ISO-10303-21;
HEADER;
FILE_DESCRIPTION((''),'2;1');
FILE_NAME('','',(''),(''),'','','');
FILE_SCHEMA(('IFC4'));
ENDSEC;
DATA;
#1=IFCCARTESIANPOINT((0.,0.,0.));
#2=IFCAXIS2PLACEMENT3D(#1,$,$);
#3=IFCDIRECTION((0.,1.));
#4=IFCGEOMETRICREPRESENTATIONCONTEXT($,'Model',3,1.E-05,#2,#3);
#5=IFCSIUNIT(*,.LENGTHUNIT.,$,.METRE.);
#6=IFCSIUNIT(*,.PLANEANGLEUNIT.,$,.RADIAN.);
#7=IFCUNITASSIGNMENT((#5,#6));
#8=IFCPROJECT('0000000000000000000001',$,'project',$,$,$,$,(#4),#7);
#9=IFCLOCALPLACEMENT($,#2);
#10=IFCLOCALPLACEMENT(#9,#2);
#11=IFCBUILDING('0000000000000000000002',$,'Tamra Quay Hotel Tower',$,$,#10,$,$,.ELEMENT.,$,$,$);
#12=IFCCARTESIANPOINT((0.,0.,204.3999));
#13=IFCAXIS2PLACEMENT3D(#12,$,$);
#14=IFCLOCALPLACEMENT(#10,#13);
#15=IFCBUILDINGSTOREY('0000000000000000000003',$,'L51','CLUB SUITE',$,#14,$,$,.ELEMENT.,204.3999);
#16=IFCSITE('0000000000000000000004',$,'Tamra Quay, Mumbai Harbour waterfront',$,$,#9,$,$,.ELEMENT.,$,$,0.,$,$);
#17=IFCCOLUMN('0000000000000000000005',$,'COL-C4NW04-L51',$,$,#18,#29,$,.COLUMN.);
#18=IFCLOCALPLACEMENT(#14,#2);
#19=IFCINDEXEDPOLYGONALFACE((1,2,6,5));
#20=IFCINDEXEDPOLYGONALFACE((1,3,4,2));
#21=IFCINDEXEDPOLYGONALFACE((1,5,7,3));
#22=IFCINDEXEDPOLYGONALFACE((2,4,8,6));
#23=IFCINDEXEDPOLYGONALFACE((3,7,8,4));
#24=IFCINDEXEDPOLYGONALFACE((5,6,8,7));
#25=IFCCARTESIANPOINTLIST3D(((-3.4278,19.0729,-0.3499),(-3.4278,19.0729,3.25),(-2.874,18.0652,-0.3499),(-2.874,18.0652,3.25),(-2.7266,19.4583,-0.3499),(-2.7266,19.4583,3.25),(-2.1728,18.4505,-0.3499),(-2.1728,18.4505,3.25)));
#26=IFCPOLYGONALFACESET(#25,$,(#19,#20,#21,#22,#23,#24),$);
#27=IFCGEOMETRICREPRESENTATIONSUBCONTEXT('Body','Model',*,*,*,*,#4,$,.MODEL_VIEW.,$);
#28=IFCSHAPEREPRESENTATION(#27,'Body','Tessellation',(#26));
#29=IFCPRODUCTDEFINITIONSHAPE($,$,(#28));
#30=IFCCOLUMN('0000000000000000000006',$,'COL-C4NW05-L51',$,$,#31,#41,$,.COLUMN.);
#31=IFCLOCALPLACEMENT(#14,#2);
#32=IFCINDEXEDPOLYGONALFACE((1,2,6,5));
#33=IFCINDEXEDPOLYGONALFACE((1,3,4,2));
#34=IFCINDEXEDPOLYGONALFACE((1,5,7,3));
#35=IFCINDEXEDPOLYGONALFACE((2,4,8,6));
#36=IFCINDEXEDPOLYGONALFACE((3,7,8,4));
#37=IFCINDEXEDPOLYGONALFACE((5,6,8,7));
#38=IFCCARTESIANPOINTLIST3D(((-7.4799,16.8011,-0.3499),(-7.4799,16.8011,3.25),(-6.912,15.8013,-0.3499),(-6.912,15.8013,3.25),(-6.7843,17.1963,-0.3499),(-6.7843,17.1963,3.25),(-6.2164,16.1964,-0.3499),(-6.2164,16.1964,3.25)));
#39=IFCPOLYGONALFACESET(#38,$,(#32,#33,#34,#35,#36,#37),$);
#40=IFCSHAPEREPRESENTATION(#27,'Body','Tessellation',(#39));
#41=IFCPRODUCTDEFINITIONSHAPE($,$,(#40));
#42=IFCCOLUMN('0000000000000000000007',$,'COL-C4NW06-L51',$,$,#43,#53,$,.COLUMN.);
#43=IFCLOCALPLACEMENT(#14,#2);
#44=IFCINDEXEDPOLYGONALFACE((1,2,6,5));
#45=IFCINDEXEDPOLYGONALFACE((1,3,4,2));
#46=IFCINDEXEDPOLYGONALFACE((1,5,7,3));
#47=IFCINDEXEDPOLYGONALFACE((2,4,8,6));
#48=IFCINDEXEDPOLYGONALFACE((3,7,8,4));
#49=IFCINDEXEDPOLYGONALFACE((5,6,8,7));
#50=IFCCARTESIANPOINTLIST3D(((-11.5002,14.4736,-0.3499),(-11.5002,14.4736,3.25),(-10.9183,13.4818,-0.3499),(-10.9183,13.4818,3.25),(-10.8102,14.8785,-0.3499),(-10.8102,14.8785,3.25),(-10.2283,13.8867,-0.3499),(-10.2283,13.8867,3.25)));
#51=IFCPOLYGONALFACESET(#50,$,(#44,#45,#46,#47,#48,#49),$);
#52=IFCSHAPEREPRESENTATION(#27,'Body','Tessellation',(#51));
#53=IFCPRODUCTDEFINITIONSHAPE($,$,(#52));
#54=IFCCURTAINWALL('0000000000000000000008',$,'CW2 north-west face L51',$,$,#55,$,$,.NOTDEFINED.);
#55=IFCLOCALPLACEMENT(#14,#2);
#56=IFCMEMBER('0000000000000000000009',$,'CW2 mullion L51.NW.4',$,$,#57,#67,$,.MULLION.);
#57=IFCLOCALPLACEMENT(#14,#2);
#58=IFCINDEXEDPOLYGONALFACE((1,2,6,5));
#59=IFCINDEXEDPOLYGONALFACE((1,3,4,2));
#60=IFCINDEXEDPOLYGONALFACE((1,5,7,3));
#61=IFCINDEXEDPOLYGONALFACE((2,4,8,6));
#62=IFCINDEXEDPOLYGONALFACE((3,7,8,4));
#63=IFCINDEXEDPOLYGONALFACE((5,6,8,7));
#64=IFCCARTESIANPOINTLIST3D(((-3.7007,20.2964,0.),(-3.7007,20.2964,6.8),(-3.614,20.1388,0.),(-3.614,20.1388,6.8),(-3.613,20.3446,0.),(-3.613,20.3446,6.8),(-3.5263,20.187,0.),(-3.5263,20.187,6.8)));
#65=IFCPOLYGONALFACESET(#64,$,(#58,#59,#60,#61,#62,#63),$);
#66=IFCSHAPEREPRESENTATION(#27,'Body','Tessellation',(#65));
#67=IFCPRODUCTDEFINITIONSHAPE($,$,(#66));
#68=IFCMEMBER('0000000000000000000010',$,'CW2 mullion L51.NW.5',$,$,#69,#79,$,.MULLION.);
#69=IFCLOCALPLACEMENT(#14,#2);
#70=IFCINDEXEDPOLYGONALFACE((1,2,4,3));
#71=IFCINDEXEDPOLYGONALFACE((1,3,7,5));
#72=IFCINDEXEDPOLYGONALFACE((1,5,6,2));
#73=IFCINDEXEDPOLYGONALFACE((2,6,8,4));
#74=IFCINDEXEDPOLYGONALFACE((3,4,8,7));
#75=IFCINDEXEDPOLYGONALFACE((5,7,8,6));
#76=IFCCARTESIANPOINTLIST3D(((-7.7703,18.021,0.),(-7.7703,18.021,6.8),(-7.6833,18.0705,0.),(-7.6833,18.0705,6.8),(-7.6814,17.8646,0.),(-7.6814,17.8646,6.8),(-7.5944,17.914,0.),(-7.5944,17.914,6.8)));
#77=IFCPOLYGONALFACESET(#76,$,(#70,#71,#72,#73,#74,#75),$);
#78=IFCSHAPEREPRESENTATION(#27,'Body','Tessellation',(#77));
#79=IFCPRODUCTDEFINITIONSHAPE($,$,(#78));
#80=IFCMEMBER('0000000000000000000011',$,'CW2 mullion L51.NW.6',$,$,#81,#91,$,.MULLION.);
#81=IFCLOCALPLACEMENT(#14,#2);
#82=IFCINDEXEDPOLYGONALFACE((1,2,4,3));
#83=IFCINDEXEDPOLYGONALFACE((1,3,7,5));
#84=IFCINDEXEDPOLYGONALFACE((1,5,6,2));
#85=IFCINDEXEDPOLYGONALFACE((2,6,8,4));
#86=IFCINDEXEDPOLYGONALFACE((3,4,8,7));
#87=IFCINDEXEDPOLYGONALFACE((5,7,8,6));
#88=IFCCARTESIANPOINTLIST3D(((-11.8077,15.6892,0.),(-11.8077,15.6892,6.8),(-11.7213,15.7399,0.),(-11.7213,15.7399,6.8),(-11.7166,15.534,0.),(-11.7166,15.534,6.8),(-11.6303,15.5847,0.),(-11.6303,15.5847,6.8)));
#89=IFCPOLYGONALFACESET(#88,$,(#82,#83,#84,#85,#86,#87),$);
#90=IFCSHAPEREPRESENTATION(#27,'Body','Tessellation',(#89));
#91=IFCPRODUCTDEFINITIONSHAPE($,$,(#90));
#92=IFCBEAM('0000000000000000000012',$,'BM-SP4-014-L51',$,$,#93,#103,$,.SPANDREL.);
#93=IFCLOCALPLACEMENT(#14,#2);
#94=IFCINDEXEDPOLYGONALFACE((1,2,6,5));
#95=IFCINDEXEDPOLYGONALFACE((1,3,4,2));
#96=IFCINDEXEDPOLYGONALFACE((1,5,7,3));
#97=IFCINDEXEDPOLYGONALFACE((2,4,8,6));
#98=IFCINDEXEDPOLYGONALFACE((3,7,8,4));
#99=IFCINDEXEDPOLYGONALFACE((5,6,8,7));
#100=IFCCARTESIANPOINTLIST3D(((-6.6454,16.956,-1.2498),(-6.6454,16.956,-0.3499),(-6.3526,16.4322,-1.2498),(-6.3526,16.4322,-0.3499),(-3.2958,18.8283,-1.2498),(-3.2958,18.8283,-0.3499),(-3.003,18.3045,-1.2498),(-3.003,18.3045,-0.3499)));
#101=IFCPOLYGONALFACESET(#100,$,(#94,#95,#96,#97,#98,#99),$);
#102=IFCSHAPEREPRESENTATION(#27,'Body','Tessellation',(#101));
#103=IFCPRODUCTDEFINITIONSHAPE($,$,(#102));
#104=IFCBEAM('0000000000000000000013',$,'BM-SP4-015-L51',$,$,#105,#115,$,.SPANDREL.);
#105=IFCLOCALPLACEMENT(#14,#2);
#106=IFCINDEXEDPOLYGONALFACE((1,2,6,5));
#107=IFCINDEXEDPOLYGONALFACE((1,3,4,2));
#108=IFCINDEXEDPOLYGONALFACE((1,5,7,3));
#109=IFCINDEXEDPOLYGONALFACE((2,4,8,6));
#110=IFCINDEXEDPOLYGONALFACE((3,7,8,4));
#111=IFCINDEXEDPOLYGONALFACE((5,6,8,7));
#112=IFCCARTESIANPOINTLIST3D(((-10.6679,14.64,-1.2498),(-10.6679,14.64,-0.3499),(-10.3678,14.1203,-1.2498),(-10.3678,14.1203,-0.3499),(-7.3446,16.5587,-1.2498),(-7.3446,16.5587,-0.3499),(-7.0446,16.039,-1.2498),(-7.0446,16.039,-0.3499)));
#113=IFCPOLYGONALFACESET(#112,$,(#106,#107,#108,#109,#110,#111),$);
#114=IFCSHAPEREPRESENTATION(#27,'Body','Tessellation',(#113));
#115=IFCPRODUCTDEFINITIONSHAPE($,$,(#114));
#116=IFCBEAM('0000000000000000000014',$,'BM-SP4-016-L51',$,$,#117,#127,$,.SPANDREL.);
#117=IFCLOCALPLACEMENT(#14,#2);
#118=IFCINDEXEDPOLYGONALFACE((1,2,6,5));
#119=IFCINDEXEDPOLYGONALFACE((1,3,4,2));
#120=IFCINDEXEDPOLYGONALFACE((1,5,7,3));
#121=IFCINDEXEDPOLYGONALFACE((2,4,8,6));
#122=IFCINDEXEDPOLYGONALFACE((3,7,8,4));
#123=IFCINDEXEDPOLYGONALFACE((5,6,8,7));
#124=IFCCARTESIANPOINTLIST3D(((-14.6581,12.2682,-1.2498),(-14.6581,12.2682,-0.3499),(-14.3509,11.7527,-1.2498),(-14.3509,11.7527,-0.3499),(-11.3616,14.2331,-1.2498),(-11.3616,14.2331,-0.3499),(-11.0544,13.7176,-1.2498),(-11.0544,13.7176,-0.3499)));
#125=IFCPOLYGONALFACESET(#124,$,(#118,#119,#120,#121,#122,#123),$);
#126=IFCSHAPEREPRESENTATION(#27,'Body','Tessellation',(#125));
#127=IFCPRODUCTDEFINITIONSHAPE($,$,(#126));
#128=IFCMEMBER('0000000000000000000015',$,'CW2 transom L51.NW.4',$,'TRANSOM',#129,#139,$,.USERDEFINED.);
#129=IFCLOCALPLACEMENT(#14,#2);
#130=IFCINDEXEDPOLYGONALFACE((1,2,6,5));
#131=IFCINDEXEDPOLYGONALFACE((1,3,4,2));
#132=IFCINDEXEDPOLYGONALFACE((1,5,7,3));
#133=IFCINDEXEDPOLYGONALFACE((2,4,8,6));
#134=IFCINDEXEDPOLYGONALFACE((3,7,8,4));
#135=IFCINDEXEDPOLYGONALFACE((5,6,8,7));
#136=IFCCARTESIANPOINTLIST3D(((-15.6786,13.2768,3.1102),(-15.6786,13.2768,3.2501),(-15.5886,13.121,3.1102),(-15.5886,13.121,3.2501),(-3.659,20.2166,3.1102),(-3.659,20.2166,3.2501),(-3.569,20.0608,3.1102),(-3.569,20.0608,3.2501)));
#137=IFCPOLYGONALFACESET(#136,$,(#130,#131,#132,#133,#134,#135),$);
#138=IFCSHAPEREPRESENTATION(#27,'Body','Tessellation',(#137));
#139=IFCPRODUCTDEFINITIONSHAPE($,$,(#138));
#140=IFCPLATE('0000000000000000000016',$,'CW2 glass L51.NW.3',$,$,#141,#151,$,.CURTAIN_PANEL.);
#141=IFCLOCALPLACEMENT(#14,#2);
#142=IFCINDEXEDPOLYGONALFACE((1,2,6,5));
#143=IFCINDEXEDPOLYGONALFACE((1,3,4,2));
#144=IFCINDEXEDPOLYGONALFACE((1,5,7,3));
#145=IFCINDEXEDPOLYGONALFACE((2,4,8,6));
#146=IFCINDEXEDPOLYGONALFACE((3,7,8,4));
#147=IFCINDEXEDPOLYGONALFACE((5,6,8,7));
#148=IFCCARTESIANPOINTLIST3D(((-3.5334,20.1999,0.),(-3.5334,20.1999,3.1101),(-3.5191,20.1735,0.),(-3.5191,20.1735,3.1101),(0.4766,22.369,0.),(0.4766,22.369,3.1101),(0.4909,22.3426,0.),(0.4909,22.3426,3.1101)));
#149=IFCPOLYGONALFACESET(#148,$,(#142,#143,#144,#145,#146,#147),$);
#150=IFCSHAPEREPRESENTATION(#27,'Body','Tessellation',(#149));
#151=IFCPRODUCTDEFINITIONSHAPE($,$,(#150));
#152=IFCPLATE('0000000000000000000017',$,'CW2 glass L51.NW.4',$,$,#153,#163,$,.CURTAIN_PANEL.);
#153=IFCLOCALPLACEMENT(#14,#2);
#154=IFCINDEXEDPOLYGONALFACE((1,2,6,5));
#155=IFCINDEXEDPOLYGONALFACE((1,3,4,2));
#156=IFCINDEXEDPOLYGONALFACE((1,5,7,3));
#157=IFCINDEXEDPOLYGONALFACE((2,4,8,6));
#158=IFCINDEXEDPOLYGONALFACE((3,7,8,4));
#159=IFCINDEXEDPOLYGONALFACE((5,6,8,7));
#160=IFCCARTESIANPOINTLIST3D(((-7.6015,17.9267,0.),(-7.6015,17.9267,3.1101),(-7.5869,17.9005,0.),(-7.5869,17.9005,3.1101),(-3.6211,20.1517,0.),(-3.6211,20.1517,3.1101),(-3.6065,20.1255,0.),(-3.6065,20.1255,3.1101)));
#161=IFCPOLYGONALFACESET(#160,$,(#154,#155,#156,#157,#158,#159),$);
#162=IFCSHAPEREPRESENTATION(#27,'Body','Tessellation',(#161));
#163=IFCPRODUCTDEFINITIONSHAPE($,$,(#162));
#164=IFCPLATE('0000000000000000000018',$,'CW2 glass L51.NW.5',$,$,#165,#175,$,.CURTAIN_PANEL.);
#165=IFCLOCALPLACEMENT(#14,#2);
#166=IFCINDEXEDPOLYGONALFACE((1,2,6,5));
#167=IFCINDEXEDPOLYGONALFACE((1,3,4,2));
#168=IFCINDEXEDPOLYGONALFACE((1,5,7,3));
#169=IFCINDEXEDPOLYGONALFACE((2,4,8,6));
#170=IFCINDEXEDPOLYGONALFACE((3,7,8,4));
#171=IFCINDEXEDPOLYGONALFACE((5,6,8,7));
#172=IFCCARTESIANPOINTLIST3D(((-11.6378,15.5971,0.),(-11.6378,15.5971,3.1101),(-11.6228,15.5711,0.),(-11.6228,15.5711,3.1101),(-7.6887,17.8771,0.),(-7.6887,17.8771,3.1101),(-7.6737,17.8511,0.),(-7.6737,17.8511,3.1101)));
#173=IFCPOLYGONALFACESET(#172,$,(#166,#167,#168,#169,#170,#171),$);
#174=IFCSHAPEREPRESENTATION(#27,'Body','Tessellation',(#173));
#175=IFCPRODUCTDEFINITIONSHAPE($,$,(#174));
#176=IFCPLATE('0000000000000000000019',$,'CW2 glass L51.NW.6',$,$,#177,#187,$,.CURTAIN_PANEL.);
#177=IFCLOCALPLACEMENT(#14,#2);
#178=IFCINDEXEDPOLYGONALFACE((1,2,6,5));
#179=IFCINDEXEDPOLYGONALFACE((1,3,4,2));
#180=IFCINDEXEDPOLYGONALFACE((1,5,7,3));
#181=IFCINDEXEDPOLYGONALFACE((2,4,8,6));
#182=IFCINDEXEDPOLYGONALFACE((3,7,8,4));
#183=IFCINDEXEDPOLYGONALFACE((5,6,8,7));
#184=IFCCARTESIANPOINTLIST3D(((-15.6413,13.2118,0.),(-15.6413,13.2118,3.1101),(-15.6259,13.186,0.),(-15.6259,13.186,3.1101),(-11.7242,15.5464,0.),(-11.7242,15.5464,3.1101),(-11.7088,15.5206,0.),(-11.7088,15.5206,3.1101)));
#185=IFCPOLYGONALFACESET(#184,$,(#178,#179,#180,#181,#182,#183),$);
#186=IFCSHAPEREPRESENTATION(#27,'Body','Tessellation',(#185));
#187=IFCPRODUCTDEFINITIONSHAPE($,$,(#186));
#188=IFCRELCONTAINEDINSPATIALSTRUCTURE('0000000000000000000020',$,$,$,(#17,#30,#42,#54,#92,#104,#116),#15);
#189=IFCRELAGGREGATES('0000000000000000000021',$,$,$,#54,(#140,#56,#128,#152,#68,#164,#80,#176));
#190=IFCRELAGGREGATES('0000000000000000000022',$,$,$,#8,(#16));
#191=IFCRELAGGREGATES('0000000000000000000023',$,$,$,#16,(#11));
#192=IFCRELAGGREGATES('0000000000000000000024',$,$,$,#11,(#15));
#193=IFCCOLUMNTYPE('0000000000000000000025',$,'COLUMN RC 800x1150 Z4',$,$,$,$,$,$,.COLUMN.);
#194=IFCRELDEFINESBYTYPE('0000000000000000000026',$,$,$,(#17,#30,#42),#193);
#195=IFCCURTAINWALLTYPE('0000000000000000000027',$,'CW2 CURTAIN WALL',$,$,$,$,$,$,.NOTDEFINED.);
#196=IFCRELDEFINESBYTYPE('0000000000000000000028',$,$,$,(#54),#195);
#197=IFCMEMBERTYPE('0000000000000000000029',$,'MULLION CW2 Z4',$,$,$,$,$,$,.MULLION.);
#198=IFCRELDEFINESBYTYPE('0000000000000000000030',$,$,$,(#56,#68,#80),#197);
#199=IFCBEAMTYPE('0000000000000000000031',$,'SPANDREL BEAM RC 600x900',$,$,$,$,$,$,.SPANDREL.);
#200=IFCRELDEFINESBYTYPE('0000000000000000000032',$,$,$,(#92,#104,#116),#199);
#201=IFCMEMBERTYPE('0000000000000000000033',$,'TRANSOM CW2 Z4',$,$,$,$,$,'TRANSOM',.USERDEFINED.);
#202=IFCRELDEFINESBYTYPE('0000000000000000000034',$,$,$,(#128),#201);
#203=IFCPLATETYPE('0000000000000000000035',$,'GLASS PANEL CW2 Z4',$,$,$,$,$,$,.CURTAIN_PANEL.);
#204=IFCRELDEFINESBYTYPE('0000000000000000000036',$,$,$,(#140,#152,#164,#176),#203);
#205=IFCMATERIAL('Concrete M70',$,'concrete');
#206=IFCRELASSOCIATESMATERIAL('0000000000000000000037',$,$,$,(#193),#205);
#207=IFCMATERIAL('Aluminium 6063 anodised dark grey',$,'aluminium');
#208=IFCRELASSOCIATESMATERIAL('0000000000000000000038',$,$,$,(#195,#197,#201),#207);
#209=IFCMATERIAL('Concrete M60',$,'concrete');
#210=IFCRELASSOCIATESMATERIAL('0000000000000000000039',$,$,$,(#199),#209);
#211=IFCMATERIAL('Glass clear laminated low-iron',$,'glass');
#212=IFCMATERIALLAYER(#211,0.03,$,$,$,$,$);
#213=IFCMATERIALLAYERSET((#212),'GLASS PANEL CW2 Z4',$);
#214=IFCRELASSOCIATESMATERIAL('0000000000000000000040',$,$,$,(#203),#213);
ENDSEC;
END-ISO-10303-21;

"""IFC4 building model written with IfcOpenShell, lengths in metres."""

from ifc_helpers import new_model, si_unit, direction, frame, origin, origin_2d, place, context, subcontext, project, spatial, rectangle, extrude, material, layer, layer_set, material_profile, profile_set, type_object, element, aggregate, save


model = new_model("IFC4")

# Units and contexts
model_context = context("Model", 3, precision=1e-05, world=origin(), true_north=direction((0.0, 1.0)))
body_context = subcontext(model_context, "Body", "Model", "MODEL_VIEW")
ifc_project = project(units=[si_unit("LENGTHUNIT", "METRE"), si_unit("PLANEANGLEUNIT", "RADIAN")], contexts=[model_context])

# Site, building, storey
site_placement = place(None, origin())
site = spatial("IfcSite", under=ifc_project, at=site_placement, Name="Tamra Quay, Mumbai Harbour waterfront", CompositionType="ELEMENT", RefElevation=0.0)
building_placement = place(site_placement, origin())
building = spatial("IfcBuilding", under=site, at=building_placement, Name="Tamra Quay Hotel Tower", CompositionType="ELEMENT")
storey_placement = place(building_placement, frame((0.0, 0.0, 204.3999)))
storey = spatial("IfcBuildingStorey", under=building, at=storey_placement, Name="L51", Description="CLUB SUITE", CompositionType="ELEMENT", Elevation=204.3999)

# Columns
ifc_material_1 = material(Name="Concrete M70", Category="concrete")
ifc_material_profile_1 = material_profile(ifc_material_1, rectangle(XDim=1.1499, YDim=0.8, at=origin_2d()), Name="COLUMN RC 800x1150 Z4")
ifc_profile_set_1 = profile_set([ifc_material_profile_1], Name="Concrete M70")
column_type = type_object("IfcColumnType", Name="COLUMN RC 800x1150 Z4", PredefinedType="COLUMN", material=ifc_profile_set_1)
for number, where, z_axis, x_axis, name in (
    (1, (-2.8003, 18.7617, -0.3499), (0.0, 0.0, 1.0), (-0.481602, 0.87639, 0.0), "COL-C4NW04-L51"),
    (2, (-6.8481, 16.4988, -0.3499), (0.0, 0.0, 1.0), (-0.49389, 0.869524, 0.0), "COL-C4NW05-L51"),
    (3, (-10.8643, 14.1802, -0.3499), (0.0, 0.0, 1.0), (-0.506085, 0.862484, 0.0), "COL-C4NW06-L51"),
):
    element("IfcColumn", number, at=place(storey_placement, frame(where, z_axis=z_axis, x_axis=x_axis)), inside=storey, type_object=column_type, Name=name, PredefinedType="COLUMN", context=body_context, shape_type="SweptSolid", body=[
        extrude(rectangle(XDim=1.1499, YDim=0.8, at=origin_2d()), origin(), (0.0, 0.0, 1.0), 3.5999),
    ])

# Curtain wall, members
ifc_material_2 = material(Name="Aluminium 6063 anodised dark grey", Category="aluminium")
curtain_wall_type = type_object("IfcCurtainWallType", Name="CW2 CURTAIN WALL", PredefinedType="NOTDEFINED", material=ifc_material_2)
curtain_wall_placement = place(storey_placement, origin())
curtain_wall = element("IfcCurtainWall", 4, at=curtain_wall_placement, inside=storey, type_object=curtain_wall_type, Name="CW2 north-west face L51", PredefinedType="NOTDEFINED")
ifc_material_profile_2 = material_profile(ifc_material_2, rectangle(XDim=0.1799, YDim=0.1001, at=origin_2d()), Name="MULLION 100X180")
ifc_profile_set_2 = profile_set([ifc_material_profile_2], Name="Aluminium 6063 anodised dark grey")
member_type_1 = type_object("IfcMemberType", Name="MULLION CW2 Z4", PredefinedType="MULLION", material=ifc_profile_set_2)
member_1_placement = place(storey_placement, frame((-3.6135, 20.2417, 0.0), z_axis=(0.0, 0.0, 1.0), x_axis=(-0.481861, 0.876248, 0.0)))
member_1 = element("IfcMember", 5, at=member_1_placement, type_object=member_type_1, Name="CW2 mullion L51.NW.4", PredefinedType="MULLION", context=body_context, shape_type="SweptSolid", body=[
    extrude(rectangle(XDim=0.1799, YDim=0.1001, at=origin_2d()), origin(), (0.0, 0.0, 1.0), 6.8),
])
member_2_placement = place(storey_placement, frame((-7.6824, 17.9675, 0.0), z_axis=(0.0, 0.0, 1.0), x_axis=(-0.493975, 0.869476, 0.0)))
member_2 = element("IfcMember", 6, at=member_2_placement, type_object=member_type_1, Name="CW2 mullion L51.NW.5", PredefinedType="MULLION", context=body_context, shape_type="SweptSolid", body=[
    extrude(rectangle(XDim=0.1799, YDim=0.1001, at=origin_2d()), origin(), (0.0, 0.0, 1.0), 6.8),
])
member_3_placement = place(storey_placement, frame((-11.719, 15.637, 0.0), z_axis=(0.0, 0.0, 1.0), x_axis=(-0.506001, 0.862533, 0.0)))
member_3 = element("IfcMember", 7, at=member_3_placement, type_object=member_type_1, Name="CW2 mullion L51.NW.6", PredefinedType="MULLION", context=body_context, shape_type="SweptSolid", body=[
    extrude(rectangle(XDim=0.1799, YDim=0.1001, at=origin_2d()), origin(), (0.0, 0.0, 1.0), 6.8),
])

# Beams
ifc_material_3 = material(Name="Concrete M60", Category="concrete")
ifc_material_profile_3 = material_profile(ifc_material_3, rectangle(XDim=0.6001, YDim=0.8999, at=origin_2d()), Name="SPANDREL BEAM RC 600x900")
ifc_profile_set_3 = profile_set([ifc_material_profile_3], Name="Concrete M60")
beam_type = type_object("IfcBeamType", Name="SPANDREL BEAM RC 600x900", PredefinedType="SPANDREL", material=ifc_profile_set_3)
for number, where, z_axis, x_axis, name in (
    (8, (-3.1494, 18.5664, -0.7998), (-0.872891, -0.487915, 0.0), (0.487915, -0.872891, 0.0), "BM-SP4-014-L51"),
    (9, (-7.1946, 16.2988, -0.7998), (-0.866022, -0.500005, 0.0), (0.500005, -0.866022, 0.0), "BM-SP4-015-L51"),
):
    element("IfcBeam", number, at=place(storey_placement, frame(where, z_axis=z_axis, x_axis=x_axis)), inside=storey, type_object=beam_type, Name=name, PredefinedType="SPANDREL", context=body_context, shape_type="SweptSolid", body=[
        extrude(rectangle(XDim=0.6001, YDim=0.8999, at=origin_2d()), origin(), (0.0, 0.0, 1.0), 3.8374),
    ])
beam_placement = place(storey_placement, frame((-11.208, 13.9753, -0.7998), z_axis=(-0.858982, -0.512005, 0.0), x_axis=(0.512005, -0.858982, 0.0)))
element("IfcBeam", 10, at=beam_placement, inside=storey, type_object=beam_type, Name="BM-SP4-016-L51", PredefinedType="SPANDREL", context=body_context, shape_type="SweptSolid", body=[
    extrude(rectangle(XDim=0.6001, YDim=0.8999, at=origin_2d()), origin(), (0.0, 0.0, 1.0), 3.8376),
])

# Member
ifc_material_profile_4 = material_profile(ifc_material_2, rectangle(XDim=0.1799, YDim=0.1399, at=origin_2d()), Name="TRANSOM 180X140")
ifc_profile_set_4 = profile_set([ifc_material_profile_4], Name="Aluminium 6063 anodised dark grey")
member_type_2 = type_object("IfcMemberType", Name="TRANSOM CW2 Z4", ElementType="TRANSOM", PredefinedType="USERDEFINED", material=ifc_profile_set_4)
member_4_placement = place(storey_placement, frame((-3.614, 20.1387, 3.1802), z_axis=(-0.866019, -0.500012, 0.0), x_axis=(0.500012, -0.866019, 0.0)))
member_4 = element("IfcMember", 11, at=member_4_placement, type_object=member_type_2, Name="CW2 transom L51.NW.4", ObjectType="TRANSOM", PredefinedType="USERDEFINED", context=body_context, shape_type="SweptSolid", body=[
    extrude(rectangle(XDim=0.1799, YDim=0.1399, at=origin_2d()), origin(), (0.0, 0.0, 1.0), 13.8792),
])

# Plates
ifc_material_4 = material(Name="Glass clear laminated low-iron", Category="glass")
ifc_layer_1 = layer(ifc_material_4, 0.03)
ifc_layer_set_1 = layer_set([ifc_layer_1], Name="GLASS PANEL CW2 Z4")
plate_type = type_object("IfcPlateType", Name="GLASS PANEL CW2 Z4", PredefinedType="CURTAIN_PANEL", material=ifc_layer_set_1)
plate_1_placement = place(storey_placement, frame((-1.5212, 21.2712, 0.0), z_axis=(0.0, 0.0, 1.0), x_axis=(-0.879569, -0.475772, 0.0)))
plate_1 = element("IfcPlate", 12, at=plate_1_placement, type_object=plate_type, Name="CW2 glass L51.NW.3", PredefinedType="CURTAIN_PANEL", context=body_context, shape_type="SweptSolid", body=[
    extrude(rectangle(XDim=4.5591, YDim=0.03, at=origin_2d()), origin(), (0.0, 0.0, 1.0), 3.1101),
])
plate_2_placement = place(storey_placement, frame((-5.604, 19.0261, 0.0), z_axis=(0.0, 0.0, 1.0), x_axis=(-0.872885, -0.487926, 0.0)))
plate_2 = element("IfcPlate", 13, at=plate_2_placement, type_object=plate_type, Name="CW2 glass L51.NW.4", PredefinedType="CURTAIN_PANEL", context=body_context, shape_type="SweptSolid", body=[
    extrude(rectangle(XDim=4.5601, YDim=0.03, at=origin_2d()), origin(), (0.0, 0.0, 1.0), 3.1101),
])
plate_3_placement = place(storey_placement, frame((-9.6558, 16.7241, 0.0), z_axis=(0.0, 0.0, 1.0), x_axis=(-0.866025, -0.5, 0.0)))
plate_3 = element("IfcPlate", 14, at=plate_3_placement, type_object=plate_type, Name="CW2 glass L51.NW.5", PredefinedType="CURTAIN_PANEL", context=body_context, shape_type="SweptSolid", body=[
    extrude(rectangle(XDim=4.5601, YDim=0.03, at=origin_2d()), origin(), (0.0, 0.0, 1.0), 3.1101),
])
plate_4_placement = place(storey_placement, frame((-13.675, 14.3662, 0.0), z_axis=(0.0, 0.0, 1.0), x_axis=(-0.858999, -0.511977, 0.0)))
plate_4 = element("IfcPlate", 15, at=plate_4_placement, type_object=plate_type, Name="CW2 glass L51.NW.6", PredefinedType="CURTAIN_PANEL", context=body_context, shape_type="SweptSolid", body=[
    extrude(rectangle(XDim=4.5601, YDim=0.03, at=origin_2d()), origin(), (0.0, 0.0, 1.0), 3.1101),
])
aggregate(curtain_wall, [plate_1, member_1, member_4, plate_2, member_2, plate_3, member_3, plate_4])

save(model, "model.ifc")
